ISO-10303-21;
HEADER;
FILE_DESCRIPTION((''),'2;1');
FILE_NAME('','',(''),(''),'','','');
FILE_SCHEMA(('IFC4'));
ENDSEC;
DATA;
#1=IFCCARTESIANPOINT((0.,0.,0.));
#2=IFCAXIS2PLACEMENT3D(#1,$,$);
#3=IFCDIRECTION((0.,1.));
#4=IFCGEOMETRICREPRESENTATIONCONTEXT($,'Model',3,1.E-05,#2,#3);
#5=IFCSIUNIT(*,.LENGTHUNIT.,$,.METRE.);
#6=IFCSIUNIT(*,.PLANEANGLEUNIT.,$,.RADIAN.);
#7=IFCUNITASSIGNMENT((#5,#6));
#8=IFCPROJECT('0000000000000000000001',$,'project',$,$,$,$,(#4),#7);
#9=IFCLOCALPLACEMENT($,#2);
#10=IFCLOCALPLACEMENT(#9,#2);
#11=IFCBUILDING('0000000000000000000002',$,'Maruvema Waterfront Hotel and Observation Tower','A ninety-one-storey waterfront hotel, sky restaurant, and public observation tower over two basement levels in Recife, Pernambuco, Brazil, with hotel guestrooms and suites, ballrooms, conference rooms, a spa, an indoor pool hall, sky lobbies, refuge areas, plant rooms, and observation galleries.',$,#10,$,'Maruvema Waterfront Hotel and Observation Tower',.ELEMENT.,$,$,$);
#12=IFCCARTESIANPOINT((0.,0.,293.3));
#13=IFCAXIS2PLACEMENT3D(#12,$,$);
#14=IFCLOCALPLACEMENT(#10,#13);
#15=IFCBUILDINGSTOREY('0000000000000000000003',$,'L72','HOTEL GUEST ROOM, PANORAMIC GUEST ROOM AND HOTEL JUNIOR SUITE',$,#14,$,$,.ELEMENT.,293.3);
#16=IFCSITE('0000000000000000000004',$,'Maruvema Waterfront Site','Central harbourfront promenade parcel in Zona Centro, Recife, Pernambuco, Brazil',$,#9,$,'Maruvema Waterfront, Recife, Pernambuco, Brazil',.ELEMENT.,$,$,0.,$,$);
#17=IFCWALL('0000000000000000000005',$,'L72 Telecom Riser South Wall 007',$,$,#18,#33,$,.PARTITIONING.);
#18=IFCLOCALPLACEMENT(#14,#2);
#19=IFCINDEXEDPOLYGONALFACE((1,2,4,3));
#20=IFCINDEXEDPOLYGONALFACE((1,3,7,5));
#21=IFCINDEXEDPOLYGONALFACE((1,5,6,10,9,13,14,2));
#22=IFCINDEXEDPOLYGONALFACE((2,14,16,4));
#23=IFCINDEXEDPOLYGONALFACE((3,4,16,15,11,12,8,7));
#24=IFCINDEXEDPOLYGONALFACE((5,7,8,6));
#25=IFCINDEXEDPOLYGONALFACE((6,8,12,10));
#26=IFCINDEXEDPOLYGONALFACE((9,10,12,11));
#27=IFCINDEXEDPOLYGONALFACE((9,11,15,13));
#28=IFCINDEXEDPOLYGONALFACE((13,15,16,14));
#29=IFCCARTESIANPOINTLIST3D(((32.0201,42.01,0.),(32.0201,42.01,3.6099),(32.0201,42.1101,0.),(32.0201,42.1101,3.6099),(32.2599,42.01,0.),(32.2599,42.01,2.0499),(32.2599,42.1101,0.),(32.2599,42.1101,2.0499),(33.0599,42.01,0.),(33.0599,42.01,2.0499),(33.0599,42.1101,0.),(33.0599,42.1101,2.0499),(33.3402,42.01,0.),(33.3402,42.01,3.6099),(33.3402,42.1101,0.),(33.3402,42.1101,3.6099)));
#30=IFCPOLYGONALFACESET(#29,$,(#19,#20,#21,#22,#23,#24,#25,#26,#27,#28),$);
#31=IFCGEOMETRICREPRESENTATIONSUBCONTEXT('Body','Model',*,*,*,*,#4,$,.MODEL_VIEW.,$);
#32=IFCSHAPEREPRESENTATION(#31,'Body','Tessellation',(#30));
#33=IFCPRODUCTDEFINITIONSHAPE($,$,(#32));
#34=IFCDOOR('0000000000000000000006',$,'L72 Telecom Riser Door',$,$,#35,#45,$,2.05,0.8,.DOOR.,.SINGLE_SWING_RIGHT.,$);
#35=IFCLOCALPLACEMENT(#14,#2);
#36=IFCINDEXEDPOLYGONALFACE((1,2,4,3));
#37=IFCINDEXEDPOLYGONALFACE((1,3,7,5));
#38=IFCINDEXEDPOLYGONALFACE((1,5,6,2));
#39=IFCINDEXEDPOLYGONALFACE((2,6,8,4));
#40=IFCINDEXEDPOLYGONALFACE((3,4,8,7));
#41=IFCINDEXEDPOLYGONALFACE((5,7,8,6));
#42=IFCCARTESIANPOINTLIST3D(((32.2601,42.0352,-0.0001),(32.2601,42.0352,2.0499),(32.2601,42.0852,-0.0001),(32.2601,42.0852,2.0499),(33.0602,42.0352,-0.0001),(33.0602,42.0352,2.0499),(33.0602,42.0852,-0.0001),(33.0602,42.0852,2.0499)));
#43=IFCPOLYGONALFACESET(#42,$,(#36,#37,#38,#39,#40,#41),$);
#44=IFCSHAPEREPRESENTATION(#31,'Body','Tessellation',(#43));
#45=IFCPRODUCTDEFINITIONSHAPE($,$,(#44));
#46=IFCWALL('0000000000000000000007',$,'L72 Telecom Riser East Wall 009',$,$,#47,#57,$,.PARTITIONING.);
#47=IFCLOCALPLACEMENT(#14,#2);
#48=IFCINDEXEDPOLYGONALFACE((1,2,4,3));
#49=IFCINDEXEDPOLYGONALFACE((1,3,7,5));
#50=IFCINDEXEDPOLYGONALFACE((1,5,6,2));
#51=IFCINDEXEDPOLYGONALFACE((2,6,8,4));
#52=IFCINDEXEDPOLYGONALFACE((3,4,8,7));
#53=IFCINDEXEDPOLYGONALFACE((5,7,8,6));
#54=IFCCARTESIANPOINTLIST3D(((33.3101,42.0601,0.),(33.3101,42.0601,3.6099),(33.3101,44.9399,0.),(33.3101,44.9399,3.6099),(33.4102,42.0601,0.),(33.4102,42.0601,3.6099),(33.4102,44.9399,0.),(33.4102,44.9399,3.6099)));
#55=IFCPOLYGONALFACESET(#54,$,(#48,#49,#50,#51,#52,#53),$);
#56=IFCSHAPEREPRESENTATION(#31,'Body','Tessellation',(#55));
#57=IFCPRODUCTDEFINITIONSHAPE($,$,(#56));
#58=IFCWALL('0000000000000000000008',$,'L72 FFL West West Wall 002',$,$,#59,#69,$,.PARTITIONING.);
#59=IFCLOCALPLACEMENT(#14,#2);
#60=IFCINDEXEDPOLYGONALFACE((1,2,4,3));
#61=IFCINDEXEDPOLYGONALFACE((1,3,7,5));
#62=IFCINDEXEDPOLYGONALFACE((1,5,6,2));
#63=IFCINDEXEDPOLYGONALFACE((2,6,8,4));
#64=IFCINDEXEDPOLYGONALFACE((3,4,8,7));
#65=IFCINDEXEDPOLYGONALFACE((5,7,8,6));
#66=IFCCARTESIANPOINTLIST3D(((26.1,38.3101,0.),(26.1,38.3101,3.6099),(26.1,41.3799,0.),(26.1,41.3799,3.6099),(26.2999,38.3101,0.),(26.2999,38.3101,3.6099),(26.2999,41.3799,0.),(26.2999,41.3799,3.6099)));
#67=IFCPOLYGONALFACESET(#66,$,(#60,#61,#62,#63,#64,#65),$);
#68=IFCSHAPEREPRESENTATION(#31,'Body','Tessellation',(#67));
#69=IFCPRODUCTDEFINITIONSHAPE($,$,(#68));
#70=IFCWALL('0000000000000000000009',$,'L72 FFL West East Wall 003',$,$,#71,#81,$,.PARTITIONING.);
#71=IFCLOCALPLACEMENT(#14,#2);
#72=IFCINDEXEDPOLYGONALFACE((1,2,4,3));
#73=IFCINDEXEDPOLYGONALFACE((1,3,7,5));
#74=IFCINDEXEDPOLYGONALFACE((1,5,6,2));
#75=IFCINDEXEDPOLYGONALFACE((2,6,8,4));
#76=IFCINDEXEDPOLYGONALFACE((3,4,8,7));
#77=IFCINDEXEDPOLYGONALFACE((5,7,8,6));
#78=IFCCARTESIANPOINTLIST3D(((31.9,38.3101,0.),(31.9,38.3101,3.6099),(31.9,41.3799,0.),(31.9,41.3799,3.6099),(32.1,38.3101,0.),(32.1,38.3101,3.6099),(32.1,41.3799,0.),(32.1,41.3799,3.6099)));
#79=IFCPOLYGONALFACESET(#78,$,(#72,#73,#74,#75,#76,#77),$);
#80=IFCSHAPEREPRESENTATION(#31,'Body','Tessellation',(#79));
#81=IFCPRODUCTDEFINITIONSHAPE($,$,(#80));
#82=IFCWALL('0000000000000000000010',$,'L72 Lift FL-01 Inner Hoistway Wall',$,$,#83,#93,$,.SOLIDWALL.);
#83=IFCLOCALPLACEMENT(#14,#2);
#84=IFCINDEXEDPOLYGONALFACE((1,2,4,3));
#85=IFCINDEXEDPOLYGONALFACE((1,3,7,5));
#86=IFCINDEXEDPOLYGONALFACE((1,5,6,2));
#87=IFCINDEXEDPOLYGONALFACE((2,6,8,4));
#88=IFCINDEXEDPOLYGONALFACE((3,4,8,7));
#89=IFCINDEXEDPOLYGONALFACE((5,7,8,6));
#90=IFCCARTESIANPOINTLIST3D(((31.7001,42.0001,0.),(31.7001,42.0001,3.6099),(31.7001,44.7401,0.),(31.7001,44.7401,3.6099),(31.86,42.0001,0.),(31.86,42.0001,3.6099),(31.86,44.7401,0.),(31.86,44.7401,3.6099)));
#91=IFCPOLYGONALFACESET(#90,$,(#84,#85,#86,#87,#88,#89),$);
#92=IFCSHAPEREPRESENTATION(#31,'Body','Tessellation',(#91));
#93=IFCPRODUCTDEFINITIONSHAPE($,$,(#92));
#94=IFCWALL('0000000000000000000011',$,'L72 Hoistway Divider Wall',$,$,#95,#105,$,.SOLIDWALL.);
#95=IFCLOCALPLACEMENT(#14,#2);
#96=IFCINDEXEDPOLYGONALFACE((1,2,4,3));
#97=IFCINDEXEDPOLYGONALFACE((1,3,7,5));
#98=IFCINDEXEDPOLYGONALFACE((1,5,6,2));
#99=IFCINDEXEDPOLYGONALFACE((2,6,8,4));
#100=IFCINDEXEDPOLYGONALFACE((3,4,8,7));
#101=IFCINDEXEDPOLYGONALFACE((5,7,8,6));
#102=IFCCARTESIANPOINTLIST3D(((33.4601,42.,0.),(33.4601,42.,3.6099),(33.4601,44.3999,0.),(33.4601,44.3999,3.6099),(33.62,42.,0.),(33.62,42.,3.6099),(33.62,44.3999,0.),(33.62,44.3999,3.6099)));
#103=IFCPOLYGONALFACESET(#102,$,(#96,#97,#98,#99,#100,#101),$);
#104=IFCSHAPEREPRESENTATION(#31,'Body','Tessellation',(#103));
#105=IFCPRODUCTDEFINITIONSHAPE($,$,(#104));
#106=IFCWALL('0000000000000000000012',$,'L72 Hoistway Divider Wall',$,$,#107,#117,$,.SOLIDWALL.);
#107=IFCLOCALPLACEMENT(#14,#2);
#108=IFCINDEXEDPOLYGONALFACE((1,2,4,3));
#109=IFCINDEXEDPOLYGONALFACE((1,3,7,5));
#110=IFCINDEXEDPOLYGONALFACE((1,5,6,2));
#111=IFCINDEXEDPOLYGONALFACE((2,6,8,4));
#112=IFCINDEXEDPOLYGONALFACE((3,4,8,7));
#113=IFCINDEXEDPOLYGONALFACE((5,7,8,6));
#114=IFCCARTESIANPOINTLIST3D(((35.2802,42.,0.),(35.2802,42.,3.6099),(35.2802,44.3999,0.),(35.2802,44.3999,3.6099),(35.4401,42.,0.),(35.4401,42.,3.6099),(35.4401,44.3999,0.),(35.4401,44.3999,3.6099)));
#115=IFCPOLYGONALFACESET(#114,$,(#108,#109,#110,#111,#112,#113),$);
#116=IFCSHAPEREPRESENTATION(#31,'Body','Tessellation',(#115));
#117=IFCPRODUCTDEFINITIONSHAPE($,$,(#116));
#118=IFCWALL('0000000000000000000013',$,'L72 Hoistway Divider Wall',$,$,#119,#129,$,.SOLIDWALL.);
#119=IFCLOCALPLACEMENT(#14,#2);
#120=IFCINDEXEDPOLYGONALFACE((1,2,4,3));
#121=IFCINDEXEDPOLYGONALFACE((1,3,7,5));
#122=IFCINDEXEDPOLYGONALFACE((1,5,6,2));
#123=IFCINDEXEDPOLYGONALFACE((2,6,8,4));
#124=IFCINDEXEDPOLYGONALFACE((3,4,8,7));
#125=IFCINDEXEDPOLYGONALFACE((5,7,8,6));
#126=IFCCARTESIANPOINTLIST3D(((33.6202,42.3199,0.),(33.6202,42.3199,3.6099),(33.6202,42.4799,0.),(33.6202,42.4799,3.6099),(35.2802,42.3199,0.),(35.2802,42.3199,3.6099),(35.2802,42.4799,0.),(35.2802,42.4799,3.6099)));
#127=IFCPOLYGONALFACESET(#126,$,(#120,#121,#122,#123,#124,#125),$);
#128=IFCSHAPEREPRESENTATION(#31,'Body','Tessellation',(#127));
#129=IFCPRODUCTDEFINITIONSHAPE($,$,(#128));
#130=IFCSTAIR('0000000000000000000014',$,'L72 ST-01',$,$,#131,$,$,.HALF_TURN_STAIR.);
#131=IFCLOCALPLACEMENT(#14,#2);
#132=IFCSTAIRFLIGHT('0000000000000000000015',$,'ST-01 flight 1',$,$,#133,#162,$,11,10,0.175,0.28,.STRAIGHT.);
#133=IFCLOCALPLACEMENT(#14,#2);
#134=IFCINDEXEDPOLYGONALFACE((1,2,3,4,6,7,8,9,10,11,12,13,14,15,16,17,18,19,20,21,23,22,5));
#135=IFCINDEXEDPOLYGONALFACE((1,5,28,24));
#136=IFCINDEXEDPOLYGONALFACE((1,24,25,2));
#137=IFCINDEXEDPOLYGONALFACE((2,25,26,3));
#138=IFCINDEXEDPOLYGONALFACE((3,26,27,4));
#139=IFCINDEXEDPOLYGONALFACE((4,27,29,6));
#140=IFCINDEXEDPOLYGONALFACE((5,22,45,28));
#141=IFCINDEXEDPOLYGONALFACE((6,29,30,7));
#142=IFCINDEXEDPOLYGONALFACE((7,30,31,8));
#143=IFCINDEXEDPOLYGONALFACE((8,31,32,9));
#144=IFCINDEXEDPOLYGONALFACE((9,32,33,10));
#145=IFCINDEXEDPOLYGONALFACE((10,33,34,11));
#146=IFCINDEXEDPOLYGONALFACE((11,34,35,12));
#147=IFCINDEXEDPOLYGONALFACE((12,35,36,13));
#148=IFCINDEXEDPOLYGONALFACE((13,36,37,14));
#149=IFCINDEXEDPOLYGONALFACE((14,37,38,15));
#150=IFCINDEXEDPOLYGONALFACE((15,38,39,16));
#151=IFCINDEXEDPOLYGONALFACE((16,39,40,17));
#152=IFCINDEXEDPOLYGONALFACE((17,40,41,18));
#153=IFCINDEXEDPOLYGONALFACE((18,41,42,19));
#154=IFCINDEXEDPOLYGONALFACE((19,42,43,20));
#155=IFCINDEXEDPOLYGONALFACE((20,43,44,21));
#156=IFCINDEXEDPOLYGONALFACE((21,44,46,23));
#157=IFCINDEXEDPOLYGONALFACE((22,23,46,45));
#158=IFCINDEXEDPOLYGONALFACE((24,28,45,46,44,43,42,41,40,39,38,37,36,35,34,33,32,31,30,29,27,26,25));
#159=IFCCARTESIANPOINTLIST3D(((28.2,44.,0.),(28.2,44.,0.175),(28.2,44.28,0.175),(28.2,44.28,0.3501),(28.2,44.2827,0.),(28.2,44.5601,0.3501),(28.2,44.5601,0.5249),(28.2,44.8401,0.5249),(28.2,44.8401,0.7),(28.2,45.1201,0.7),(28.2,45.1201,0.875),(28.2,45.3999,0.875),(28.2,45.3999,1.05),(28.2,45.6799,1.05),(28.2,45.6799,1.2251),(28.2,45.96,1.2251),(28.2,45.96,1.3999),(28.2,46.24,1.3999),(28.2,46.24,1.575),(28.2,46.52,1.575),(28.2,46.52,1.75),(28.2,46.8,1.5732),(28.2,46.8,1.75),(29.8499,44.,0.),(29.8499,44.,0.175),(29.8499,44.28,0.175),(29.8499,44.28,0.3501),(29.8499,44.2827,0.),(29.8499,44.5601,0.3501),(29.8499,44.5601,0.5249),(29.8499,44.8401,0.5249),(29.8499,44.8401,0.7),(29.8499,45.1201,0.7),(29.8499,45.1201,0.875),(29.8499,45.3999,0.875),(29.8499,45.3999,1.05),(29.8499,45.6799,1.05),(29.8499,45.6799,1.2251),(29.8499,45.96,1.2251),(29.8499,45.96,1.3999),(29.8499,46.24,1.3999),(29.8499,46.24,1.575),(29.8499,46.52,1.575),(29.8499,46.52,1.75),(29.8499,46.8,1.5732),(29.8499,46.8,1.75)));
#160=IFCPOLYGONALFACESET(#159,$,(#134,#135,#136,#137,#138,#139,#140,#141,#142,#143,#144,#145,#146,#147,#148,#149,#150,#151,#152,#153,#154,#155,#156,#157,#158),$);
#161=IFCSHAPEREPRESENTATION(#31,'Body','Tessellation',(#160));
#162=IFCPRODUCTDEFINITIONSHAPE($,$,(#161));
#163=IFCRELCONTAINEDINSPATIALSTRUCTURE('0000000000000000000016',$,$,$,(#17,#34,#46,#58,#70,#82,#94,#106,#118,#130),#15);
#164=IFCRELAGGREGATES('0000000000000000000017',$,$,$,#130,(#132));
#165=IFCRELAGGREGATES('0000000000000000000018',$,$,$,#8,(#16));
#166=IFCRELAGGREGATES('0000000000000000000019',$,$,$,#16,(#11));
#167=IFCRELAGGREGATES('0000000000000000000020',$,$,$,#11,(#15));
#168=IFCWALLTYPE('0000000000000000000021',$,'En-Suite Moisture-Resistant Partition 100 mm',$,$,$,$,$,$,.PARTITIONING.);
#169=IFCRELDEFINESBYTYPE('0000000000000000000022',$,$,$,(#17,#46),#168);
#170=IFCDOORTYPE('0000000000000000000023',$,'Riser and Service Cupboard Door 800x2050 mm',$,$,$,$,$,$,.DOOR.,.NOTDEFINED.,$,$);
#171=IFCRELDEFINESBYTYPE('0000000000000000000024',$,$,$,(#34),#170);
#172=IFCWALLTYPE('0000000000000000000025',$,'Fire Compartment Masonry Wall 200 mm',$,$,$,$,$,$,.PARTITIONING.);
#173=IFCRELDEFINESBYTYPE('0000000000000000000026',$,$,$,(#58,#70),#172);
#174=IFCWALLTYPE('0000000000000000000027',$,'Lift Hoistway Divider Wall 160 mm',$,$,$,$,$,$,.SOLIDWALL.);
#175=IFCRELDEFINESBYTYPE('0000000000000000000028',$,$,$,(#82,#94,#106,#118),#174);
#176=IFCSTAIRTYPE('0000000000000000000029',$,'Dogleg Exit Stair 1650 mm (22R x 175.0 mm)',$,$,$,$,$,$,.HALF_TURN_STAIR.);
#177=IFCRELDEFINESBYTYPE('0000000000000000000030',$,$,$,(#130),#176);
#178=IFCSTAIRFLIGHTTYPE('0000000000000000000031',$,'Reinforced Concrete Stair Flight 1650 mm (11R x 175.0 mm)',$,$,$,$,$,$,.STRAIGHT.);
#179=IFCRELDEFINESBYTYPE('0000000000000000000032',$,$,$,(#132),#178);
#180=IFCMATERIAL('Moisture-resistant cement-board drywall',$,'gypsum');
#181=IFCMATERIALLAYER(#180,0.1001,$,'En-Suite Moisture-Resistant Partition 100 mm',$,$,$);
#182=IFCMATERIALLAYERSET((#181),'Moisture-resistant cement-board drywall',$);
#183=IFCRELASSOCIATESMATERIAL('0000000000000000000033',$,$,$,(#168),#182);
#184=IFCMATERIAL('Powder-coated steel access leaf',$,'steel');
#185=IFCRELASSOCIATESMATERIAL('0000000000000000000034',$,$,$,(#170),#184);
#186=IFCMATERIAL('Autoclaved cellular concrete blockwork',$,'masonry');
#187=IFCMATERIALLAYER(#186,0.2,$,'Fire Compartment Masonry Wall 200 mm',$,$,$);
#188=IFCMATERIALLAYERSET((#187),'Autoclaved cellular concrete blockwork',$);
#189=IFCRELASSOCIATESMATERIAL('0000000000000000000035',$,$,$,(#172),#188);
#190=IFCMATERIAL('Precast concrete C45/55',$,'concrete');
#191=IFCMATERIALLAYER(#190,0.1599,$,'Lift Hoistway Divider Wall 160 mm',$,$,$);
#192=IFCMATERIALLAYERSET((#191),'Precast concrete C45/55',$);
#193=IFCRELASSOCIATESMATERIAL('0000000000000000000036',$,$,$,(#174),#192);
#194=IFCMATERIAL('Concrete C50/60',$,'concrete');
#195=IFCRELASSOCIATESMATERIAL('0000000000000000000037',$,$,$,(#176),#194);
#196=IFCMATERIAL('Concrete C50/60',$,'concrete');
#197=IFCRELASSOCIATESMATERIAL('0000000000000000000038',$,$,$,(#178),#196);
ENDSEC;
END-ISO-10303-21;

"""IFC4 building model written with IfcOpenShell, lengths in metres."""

from ifc_helpers import new_model, si_unit, direction, frame, frame_2d, origin, place, context, subcontext, project, spatial, polyline, rectangle, outline, extrude, material, layer, layer_set, type_object, element, fill, aggregate, save


model = new_model("IFC4")

# Units and contexts
model_context = context("Model", 3, precision=1e-05, world=origin(), true_north=direction((0.0, 1.0)))
body_context = subcontext(model_context, "Body", "Model", "MODEL_VIEW")
ifc_project = project(units=[si_unit("LENGTHUNIT", "METRE"), si_unit("PLANEANGLEUNIT", "RADIAN")], contexts=[model_context])

# Site, building, storey
site_placement = place(None, origin())
site = spatial("IfcSite", under=ifc_project, at=site_placement, Name="Maruvema Waterfront Site", Description="Central harbourfront promenade parcel in Zona Centro, Recife, Pernambuco, Brazil", LongName="Maruvema Waterfront, Recife, Pernambuco, Brazil", CompositionType="ELEMENT", RefElevation=0.0)
building_placement = place(site_placement, origin())
building = spatial("IfcBuilding", under=site, at=building_placement, Name="Maruvema Waterfront Hotel and Observation Tower", Description="A ninety-one-storey waterfront hotel, sky restaurant, and public observation tower over two basement levels in Recife, Pernambuco, Brazil, with hotel guestrooms and suites, ballrooms, conference rooms, a spa, an indoor pool hall, sky lobbies, refuge areas, plant rooms, and observation galleries.", LongName="Maruvema Waterfront Hotel and Observation Tower", CompositionType="ELEMENT")
storey_placement = place(building_placement, frame((0.0, 0.0, 293.3)))
storey = spatial("IfcBuildingStorey", under=building, at=storey_placement, Name="L72", Description="HOTEL GUEST ROOM, PANORAMIC GUEST ROOM AND HOTEL JUNIOR SUITE", CompositionType="ELEMENT", Elevation=293.3)

# Wall, opening, door
ifc_material_1 = material(Name="Moisture-resistant cement-board drywall", Category="gypsum")
ifc_layer_1 = layer(ifc_material_1, 0.1001, Name="En-Suite Moisture-Resistant Partition 100 mm")
ifc_layer_set_1 = layer_set([ifc_layer_1], Name="Moisture-resistant cement-board drywall")
wall_type_1 = type_object("IfcWallType", Name="En-Suite Moisture-Resistant Partition 100 mm", PredefinedType="PARTITIONING", material=ifc_layer_set_1)
wall_1_placement = place(storey_placement, frame((32.02, 42.0601, 0.0), z_axis=(0.0, 0.0, 1.0), x_axis=(1.0, 0.0, 0.0)))
wall_1 = element("IfcWall", 1, at=wall_1_placement, inside=storey, type_object=wall_type_1, Name="L72 Telecom Riser South Wall 007", PredefinedType="PARTITIONING", context=body_context, shape_type="SweptSolid", body=[
    extrude(rectangle(XDim=1.3201, YDim=0.1001, at=frame_2d((0.6602, 0.0))), origin(), (0.0, 0.0, 1.0), 3.6099),
])
opening_1_placement = place(wall_1_placement, frame((0.24, 0.0, 0.0)))
opening_1 = element("IfcOpeningElement", 2, at=opening_1_placement, cuts=wall_1, PredefinedType="OPENING", context=body_context, shape_type="SweptSolid", body=[
    extrude(rectangle(XDim=0.8, YDim=2.05, at=frame_2d((0.3999, 1.0249))), frame((0.0, 0.0601, 0.0), z_axis=(0.0, -1.0, 0.0), x_axis=(1.0, 0.0, 0.0)), (0.0, 0.0, 1.0), 0.1201),
])
ifc_material_2 = material(Name="Powder-coated steel access leaf", Category="steel")
door_type_1 = type_object("IfcDoorType", Name="Riser and Service Cupboard Door 800x2050 mm", OperationType="NOTDEFINED", PredefinedType="DOOR", material=ifc_material_2)
door_1_placement = place(opening_1_placement, frame((0.8, 0.0, 0.0), z_axis=(0.0, 0.0, 1.0), x_axis=(-1.0, 0.0, 0.0)))
door_1 = element("IfcDoor", 3, at=door_1_placement, inside=storey, type_object=door_type_1, Name="L72 Telecom Riser Door", OperationType="SINGLE_SWING_RIGHT", OverallHeight=2.05, OverallWidth=0.8, PredefinedType="DOOR", context=body_context, shape_type="SweptSolid", body=[
    extrude(rectangle(XDim=0.8, YDim=2.05, at=frame_2d((0.3999, 1.0249))), frame((0.0, 0.0249, 0.0), z_axis=(0.0, -1.0, 0.0), x_axis=(1.0, 0.0, 0.0)), (0.0, 0.0, 1.0), 0.05),
])
fill(opening_1, door_1)

# Wall
wall_2_placement = place(storey_placement, frame((33.3601, 42.0601, 0.0), z_axis=(0.0, 0.0, 1.0), x_axis=(0.0, 1.0, 0.0)))
element("IfcWall", 4, at=wall_2_placement, inside=storey, type_object=wall_type_1, Name="L72 Telecom Riser East Wall 009", PredefinedType="PARTITIONING", context=body_context, shape_type="SweptSolid", body=[
    extrude(rectangle(XDim=2.8799, YDim=0.1001, at=frame_2d((1.4399, 0.0))), origin(), (0.0, 0.0, 1.0), 3.6099),
])

# Shared definitions
ifc_material_3 = material(Name="Autoclaved cellular concrete blockwork", Category="masonry")
ifc_layer_2 = layer(ifc_material_3, 0.2, Name="Fire Compartment Masonry Wall 200 mm")
ifc_layer_set_2 = layer_set([ifc_layer_2], Name="Autoclaved cellular concrete blockwork")
wall_type_2 = type_object("IfcWallType", Name="Fire Compartment Masonry Wall 200 mm", PredefinedType="PARTITIONING", material=ifc_layer_set_2)

# Walls
for number, where, z_axis, x_axis, name in (
    (5, (26.2, 38.3101, 0.0), (0.0, 0.0, 1.0), (0.0, 1.0, 0.0), "L72 FFL West West Wall 002"),
    (6, (32.0, 38.3101, 0.0), (0.0, 0.0, 1.0), (0.0, 1.0, 0.0), "L72 FFL West East Wall 003"),
):
    element("IfcWall", number, at=place(storey_placement, frame(where, z_axis=z_axis, x_axis=x_axis)), inside=storey, type_object=wall_type_2, Name=name, PredefinedType="PARTITIONING", context=body_context, shape_type="SweptSolid", body=[
        extrude(rectangle(XDim=3.0698, YDim=0.2, at=frame_2d((1.5349, 0.0))), origin(), (0.0, 0.0, 1.0), 3.6099),
    ])
ifc_material_4 = material(Name="Precast concrete C45/55", Category="concrete")
ifc_layer_3 = layer(ifc_material_4, 0.1599, Name="Lift Hoistway Divider Wall 160 mm")
ifc_layer_set_3 = layer_set([ifc_layer_3], Name="Precast concrete C45/55")
wall_type_3 = type_object("IfcWallType", Name="Lift Hoistway Divider Wall 160 mm", PredefinedType="SOLIDWALL", material=ifc_layer_set_3)
wall_3_placement = place(storey_placement, frame((31.78, 42.0, 0.0), z_axis=(0.0, 0.0, 1.0), x_axis=(0.0, 1.0, 0.0)))
element("IfcWall", 7, at=wall_3_placement, inside=storey, type_object=wall_type_3, Name="L72 Lift FL-01 Inner Hoistway Wall", PredefinedType="SOLIDWALL", context=body_context, shape_type="SweptSolid", body=[
    extrude(rectangle(XDim=2.74, YDim=0.1599, at=frame_2d((1.3701, 0.0))), origin(), (0.0, 0.0, 1.0), 3.6099),
])
for number, where, z_axis, x_axis, name in (
    (8, (33.54, 42.0, 0.0), (0.0, 0.0, 1.0), (0.0, 1.0, 0.0), "L72 Hoistway Divider Wall"),
    (9, (35.3601, 42.0, 0.0), (0.0, 0.0, 1.0), (0.0, 1.0, 0.0), "L72 Hoistway Divider Wall"),
):
    element("IfcWall", number, at=place(storey_placement, frame(where, z_axis=z_axis, x_axis=x_axis)), inside=storey, type_object=wall_type_3, Name=name, PredefinedType="SOLIDWALL", context=body_context, shape_type="SweptSolid", body=[
        extrude(rectangle(XDim=2.3999, YDim=0.1599, at=frame_2d((1.2, 0.0))), origin(), (0.0, 0.0, 1.0), 3.6099),
    ])
wall_4_placement = place(storey_placement, frame((33.6201, 42.3999, 0.0), z_axis=(0.0, 0.0, 1.0), x_axis=(1.0, 0.0, 0.0)))
element("IfcWall", 10, at=wall_4_placement, inside=storey, type_object=wall_type_3, Name="L72 Hoistway Divider Wall", PredefinedType="SOLIDWALL", context=body_context, shape_type="SweptSolid", body=[
    extrude(rectangle(XDim=1.6599, YDim=0.1599, at=frame_2d((0.8301, 0.0))), origin(), (0.0, 0.0, 1.0), 3.6099),
])

# Stair, stair flight
ifc_material_5 = material(Name="Concrete C50/60", Category="concrete")
stair_type = type_object("IfcStairType", Name="Dogleg Exit Stair 1650 mm (22R x 175.0 mm)", PredefinedType="HALF_TURN_STAIR", material=ifc_material_5)
stair_placement = place(storey_placement, origin())
stair = element("IfcStair", 11, at=stair_placement, inside=storey, type_object=stair_type, Name="L72 ST-01", PredefinedType="HALF_TURN_STAIR")
ifc_material_6 = material(Name="Concrete C50/60", Category="concrete")
stair_flight_type = type_object("IfcStairFlightType", Name="Reinforced Concrete Stair Flight 1650 mm (11R x 175.0 mm)", PredefinedType="STRAIGHT", material=ifc_material_6)
stair_flight_placement = place(storey_placement, frame((29.0249, 44.0, 0.0), z_axis=(0.0, 0.0, 1.0), x_axis=(0.0, 1.0, 0.0)))
stair_flight = element("IfcStairFlight", 12, at=stair_flight_placement, type_object=stair_flight_type, Name="ST-01 flight 1", NumberOfRisers=11, NumberOfTreads=10, PredefinedType="STRAIGHT", RiserHeight=0.175, TreadLength=0.28, context=body_context, shape_type="SweptSolid", body=[
    extrude(outline(polyline([(0.0, 0.0), (0.0, 0.175), (0.28, 0.175), (0.28, 0.3501), (0.5601, 0.3501), (0.5601, 0.5249), (0.8401, 0.5249), (0.8401, 0.7), (1.1201, 0.7), (1.1201, 0.875), (1.3999, 0.875), (1.3999, 1.05), (1.6799, 1.05), (1.6799, 1.2251), (1.96, 1.2251), (1.96, 1.3999), (2.24, 1.3999), (2.24, 1.575), (2.52, 1.575), (2.52, 1.75), (2.8, 1.75), (2.8, 1.925), (2.8, 1.5732), (0.2827, 0.0), (0.0, 0.0)])), frame((0.0, 0.825, 0.0), z_axis=(0.0, -1.0, 0.0), x_axis=(1.0, 0.0, 0.0)), (0.0, 0.0, 1.0), 1.6499),
])
aggregate(stair, [stair_flight])

save(model, "model.ifc")
